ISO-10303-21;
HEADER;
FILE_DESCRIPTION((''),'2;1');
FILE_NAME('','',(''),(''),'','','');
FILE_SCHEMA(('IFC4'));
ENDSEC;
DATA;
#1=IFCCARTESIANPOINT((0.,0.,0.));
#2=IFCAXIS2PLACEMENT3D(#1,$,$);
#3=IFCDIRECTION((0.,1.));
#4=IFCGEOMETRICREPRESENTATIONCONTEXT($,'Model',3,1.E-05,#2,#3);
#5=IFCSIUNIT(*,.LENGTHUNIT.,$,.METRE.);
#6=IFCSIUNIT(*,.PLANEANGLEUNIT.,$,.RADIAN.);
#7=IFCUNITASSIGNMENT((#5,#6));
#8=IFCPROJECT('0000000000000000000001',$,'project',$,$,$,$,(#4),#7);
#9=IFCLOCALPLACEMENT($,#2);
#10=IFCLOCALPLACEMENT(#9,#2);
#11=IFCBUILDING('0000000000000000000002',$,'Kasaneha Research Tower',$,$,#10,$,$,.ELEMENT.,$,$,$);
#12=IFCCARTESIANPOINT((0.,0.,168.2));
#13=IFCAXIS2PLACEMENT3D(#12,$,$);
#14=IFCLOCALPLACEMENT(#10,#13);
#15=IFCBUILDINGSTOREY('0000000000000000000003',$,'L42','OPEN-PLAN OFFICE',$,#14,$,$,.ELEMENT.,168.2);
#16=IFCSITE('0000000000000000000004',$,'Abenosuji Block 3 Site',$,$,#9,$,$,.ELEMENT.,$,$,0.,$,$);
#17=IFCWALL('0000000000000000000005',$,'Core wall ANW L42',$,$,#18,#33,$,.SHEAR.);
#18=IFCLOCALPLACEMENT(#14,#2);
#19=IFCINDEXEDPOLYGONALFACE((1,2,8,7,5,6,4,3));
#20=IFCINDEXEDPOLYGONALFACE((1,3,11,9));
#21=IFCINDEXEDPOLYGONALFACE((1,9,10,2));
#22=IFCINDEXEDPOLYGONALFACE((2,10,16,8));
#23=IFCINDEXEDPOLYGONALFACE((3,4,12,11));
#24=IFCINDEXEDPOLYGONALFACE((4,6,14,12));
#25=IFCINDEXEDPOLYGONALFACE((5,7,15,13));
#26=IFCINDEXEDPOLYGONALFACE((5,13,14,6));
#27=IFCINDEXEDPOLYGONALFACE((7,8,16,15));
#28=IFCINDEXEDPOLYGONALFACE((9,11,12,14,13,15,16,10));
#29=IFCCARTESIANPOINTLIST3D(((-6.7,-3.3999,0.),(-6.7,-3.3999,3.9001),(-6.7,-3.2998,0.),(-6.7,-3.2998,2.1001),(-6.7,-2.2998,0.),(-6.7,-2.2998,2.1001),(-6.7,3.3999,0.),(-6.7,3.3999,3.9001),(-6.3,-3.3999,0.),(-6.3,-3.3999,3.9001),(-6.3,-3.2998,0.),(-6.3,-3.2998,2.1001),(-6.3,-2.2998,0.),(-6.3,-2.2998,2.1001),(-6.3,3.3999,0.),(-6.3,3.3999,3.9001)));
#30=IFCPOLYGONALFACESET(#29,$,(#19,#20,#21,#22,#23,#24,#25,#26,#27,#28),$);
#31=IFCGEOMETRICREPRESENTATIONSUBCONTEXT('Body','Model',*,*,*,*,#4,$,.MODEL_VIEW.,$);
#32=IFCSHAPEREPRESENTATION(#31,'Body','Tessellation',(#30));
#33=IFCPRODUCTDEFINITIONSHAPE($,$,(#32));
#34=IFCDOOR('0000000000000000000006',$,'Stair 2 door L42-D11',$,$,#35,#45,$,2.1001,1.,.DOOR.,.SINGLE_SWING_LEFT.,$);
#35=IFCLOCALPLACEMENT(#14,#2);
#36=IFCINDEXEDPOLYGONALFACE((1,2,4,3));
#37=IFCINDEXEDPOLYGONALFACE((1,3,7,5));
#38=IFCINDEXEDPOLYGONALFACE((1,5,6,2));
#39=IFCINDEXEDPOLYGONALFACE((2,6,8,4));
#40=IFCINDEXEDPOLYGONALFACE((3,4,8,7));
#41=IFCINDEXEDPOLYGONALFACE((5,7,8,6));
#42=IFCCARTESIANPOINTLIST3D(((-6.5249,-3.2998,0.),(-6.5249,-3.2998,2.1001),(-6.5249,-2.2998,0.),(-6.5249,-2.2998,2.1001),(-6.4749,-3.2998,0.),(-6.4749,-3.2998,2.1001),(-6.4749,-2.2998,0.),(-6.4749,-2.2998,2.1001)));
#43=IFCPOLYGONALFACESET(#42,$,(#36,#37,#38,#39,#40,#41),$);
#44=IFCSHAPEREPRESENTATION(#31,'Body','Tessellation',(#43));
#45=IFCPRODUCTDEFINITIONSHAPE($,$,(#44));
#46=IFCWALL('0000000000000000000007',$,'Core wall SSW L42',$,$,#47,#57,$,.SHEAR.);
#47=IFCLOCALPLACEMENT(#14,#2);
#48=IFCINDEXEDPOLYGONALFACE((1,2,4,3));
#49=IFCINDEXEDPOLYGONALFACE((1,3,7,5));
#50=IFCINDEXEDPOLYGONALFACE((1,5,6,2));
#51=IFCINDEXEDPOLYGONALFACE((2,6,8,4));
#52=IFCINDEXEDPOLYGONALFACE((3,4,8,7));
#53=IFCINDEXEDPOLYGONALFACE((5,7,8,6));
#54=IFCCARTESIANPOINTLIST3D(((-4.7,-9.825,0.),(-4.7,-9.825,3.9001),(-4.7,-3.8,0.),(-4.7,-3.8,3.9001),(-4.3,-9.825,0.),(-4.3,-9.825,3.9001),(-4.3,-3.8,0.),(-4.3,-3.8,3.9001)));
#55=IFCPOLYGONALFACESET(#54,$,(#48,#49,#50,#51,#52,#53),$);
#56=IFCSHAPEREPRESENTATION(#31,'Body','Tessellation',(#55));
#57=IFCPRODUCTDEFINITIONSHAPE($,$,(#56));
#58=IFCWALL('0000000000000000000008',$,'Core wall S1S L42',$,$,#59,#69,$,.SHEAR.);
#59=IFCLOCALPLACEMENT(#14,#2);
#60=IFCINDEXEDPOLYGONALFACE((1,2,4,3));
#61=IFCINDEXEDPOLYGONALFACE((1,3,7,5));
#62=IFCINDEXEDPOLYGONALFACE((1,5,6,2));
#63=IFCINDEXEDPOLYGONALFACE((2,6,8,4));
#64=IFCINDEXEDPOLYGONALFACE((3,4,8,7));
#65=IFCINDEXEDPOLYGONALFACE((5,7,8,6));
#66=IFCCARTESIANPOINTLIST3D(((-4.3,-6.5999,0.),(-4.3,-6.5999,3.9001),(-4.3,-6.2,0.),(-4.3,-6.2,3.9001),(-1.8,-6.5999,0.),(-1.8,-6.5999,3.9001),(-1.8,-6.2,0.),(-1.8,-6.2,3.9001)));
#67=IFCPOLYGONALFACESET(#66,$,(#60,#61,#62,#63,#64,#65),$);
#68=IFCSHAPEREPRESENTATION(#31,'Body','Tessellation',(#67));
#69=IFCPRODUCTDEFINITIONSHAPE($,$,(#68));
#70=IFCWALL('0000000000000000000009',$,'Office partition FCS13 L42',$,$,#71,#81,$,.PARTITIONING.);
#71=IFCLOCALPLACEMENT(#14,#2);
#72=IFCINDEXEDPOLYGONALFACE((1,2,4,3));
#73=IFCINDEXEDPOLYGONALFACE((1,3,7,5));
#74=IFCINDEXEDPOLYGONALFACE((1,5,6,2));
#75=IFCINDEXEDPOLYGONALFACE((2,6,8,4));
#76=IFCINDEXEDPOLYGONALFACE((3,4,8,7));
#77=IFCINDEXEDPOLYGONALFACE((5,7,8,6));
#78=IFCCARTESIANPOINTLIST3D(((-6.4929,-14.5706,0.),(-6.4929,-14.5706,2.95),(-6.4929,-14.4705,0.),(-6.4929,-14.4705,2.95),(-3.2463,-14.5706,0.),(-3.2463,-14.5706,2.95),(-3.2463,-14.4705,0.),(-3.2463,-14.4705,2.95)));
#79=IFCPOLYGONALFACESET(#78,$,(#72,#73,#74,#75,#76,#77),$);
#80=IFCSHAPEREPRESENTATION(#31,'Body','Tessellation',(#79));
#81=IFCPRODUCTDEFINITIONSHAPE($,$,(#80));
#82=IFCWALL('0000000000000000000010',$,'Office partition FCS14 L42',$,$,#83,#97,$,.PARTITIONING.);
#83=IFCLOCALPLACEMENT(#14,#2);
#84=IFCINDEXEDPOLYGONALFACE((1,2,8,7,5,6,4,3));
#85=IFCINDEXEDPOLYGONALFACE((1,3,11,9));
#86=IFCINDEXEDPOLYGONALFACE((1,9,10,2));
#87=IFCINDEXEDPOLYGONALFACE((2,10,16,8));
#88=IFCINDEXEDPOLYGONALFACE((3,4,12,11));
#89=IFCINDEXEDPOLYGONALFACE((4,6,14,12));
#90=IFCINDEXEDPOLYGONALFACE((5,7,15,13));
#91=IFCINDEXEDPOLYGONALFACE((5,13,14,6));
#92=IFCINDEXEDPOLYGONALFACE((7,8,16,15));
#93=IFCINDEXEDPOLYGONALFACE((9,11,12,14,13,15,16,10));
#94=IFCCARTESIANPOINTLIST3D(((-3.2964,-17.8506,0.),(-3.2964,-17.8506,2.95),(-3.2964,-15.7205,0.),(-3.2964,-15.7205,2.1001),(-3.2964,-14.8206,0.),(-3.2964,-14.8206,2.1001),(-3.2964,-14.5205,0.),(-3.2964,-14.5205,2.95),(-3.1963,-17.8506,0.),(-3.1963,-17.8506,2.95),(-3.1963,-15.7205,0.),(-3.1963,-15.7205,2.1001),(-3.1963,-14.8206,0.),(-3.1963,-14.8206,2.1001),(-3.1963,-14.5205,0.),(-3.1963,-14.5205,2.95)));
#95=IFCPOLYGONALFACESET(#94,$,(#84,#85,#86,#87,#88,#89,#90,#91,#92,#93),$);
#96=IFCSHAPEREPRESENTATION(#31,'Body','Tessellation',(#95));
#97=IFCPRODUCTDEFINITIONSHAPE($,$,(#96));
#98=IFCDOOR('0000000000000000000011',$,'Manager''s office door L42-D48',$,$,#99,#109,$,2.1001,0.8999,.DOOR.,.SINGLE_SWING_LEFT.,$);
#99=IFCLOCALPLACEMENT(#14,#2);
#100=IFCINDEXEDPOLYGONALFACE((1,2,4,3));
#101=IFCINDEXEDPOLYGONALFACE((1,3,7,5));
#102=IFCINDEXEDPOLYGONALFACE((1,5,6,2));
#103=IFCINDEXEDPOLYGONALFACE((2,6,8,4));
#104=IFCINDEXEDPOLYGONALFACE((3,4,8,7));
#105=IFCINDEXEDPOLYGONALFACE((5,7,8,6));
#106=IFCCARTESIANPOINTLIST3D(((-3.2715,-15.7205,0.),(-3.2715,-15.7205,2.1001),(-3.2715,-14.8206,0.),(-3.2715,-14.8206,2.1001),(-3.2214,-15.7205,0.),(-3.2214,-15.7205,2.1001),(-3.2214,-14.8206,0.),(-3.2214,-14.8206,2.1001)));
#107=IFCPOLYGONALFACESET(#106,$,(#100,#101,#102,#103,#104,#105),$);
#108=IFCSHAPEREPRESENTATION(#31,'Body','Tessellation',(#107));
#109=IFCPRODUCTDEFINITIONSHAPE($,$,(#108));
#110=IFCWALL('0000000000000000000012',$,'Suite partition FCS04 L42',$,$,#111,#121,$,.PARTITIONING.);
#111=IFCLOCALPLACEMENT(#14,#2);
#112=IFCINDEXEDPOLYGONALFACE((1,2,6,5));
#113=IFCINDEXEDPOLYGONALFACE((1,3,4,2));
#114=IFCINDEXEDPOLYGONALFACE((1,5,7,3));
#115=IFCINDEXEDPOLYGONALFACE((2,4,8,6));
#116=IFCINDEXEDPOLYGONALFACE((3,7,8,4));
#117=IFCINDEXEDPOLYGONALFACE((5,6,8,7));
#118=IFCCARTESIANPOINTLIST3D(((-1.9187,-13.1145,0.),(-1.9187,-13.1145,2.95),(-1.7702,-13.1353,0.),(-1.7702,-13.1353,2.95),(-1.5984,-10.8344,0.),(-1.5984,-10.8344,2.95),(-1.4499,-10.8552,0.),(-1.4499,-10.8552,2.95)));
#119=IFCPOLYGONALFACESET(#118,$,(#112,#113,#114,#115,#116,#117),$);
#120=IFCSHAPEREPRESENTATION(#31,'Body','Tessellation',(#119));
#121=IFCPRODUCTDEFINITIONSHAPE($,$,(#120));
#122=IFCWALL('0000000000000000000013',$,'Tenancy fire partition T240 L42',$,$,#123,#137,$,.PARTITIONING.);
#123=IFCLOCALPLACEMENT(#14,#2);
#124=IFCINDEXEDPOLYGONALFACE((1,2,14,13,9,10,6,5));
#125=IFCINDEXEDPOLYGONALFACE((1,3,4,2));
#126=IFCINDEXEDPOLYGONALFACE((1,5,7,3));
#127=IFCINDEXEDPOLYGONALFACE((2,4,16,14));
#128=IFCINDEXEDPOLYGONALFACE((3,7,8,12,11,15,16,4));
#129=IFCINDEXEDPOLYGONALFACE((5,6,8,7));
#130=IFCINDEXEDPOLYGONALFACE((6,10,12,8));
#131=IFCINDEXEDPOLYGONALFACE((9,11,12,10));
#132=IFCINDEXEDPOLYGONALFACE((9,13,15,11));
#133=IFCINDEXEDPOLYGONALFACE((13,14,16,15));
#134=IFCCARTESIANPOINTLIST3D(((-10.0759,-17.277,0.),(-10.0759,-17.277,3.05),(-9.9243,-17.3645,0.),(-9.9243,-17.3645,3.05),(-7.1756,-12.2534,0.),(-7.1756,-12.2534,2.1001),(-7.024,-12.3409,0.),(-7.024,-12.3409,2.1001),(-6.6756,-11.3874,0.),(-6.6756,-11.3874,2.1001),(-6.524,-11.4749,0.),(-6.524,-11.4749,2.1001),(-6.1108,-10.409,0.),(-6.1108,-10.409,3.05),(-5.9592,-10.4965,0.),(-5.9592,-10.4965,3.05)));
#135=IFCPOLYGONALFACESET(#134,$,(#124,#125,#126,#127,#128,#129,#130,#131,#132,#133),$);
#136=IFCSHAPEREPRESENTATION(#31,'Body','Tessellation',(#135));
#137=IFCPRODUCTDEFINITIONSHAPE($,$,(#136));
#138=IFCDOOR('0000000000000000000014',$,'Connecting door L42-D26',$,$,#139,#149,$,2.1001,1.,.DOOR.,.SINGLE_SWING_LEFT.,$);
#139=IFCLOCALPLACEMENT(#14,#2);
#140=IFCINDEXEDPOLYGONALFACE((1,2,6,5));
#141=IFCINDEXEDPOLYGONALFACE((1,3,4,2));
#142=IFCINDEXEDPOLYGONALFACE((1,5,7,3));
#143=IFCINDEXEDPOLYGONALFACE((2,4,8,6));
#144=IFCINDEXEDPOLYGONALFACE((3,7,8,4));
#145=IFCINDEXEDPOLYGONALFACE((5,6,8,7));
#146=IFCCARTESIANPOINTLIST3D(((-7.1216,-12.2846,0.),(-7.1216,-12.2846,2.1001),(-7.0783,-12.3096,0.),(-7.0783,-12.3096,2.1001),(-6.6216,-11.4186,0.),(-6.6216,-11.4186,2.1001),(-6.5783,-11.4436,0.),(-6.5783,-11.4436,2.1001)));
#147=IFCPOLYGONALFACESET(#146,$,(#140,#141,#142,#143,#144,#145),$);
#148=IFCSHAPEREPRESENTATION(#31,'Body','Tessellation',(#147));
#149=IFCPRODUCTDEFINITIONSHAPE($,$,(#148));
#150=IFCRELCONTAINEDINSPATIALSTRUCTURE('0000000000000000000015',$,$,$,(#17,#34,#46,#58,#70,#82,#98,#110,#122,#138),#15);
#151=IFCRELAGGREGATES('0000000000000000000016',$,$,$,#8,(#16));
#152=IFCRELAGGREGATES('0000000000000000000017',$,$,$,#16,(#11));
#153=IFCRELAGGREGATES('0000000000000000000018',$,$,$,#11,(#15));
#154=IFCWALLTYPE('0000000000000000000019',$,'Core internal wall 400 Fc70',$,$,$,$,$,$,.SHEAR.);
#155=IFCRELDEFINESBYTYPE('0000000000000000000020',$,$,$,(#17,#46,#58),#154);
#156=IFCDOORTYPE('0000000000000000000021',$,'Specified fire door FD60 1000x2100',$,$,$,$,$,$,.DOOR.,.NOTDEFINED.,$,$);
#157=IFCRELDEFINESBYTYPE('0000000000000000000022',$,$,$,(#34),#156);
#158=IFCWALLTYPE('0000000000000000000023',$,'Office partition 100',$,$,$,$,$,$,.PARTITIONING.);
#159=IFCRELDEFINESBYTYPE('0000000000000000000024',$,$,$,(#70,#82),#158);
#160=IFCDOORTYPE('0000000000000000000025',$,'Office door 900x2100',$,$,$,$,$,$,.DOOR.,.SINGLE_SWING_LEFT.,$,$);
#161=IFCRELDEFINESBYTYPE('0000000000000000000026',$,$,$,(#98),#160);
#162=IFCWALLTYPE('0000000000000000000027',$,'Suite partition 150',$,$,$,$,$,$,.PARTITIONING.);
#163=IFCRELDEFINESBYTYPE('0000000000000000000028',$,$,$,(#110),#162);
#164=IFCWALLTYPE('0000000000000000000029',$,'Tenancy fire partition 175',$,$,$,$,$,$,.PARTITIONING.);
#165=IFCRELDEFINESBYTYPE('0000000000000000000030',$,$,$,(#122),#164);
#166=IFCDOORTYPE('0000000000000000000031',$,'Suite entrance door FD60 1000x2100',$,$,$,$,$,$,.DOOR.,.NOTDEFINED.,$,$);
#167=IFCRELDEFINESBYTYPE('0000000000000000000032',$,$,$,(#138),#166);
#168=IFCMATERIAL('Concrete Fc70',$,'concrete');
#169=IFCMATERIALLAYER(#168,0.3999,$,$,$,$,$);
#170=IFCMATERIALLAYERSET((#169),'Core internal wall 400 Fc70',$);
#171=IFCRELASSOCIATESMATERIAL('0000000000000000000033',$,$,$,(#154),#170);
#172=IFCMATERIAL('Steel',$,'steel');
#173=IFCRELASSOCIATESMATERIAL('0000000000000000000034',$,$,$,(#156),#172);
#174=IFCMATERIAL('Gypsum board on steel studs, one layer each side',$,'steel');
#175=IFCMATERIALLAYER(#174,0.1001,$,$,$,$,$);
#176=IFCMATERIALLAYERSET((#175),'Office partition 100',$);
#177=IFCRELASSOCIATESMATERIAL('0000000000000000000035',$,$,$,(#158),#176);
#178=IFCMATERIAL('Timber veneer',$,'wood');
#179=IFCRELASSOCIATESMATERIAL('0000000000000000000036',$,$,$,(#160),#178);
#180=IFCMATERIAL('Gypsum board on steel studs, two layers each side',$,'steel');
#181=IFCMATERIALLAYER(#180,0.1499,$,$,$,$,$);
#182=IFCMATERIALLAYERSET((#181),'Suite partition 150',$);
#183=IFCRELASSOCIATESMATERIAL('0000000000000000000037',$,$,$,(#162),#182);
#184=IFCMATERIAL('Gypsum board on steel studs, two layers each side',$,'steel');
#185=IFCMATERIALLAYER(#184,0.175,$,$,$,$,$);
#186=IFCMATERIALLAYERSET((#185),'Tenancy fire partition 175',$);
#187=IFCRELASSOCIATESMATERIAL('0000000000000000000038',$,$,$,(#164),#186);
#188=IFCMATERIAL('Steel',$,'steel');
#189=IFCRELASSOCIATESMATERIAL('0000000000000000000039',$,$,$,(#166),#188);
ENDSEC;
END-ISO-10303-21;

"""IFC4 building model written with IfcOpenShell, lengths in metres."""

from ifc_helpers import new_model, si_unit, direction, frame, frame_2d, origin, place, context, subcontext, project, spatial, rectangle, extrude, material, layer, layer_set, type_object, element, fill, save


model = new_model("IFC4")

# Units and contexts
model_context = context("Model", 3, precision=1e-05, world=origin(), true_north=direction((0.0, 1.0)))
body_context = subcontext(model_context, "Body", "Model", "MODEL_VIEW")
ifc_project = project(units=[si_unit("LENGTHUNIT", "METRE"), si_unit("PLANEANGLEUNIT", "RADIAN")], contexts=[model_context])

# Site, building, storey
site_placement = place(None, origin())
site = spatial("IfcSite", under=ifc_project, at=site_placement, Name="Abenosuji Block 3 Site", CompositionType="ELEMENT", RefElevation=0.0)
building_placement = place(site_placement, origin())
building = spatial("IfcBuilding", under=site, at=building_placement, Name="Kasaneha Research Tower", CompositionType="ELEMENT")
storey_placement = place(building_placement, frame((0.0, 0.0, 168.2)))
storey = spatial("IfcBuildingStorey", under=building, at=storey_placement, Name="L42", Description="OPEN-PLAN OFFICE", CompositionType="ELEMENT", Elevation=168.2)

# Wall, opening, door
ifc_material_1 = material(Name="Concrete Fc70", Category="concrete")
ifc_layer_1 = layer(ifc_material_1, 0.3999)
ifc_layer_set_1 = layer_set([ifc_layer_1], Name="Core internal wall 400 Fc70")
wall_type_1 = type_object("IfcWallType", Name="Core internal wall 400 Fc70", PredefinedType="SHEAR", material=ifc_layer_set_1)
ifc_material_2 = material(Name="Steel", Category="steel")
door_type_1 = type_object("IfcDoorType", Name="Specified fire door FD60 1000x2100", OperationType="NOTDEFINED", PredefinedType="DOOR", material=ifc_material_2)
wall_1_placement = place(storey_placement, frame((-6.5, -3.3999, 0.0), z_axis=(0.0, 0.0, 1.0), x_axis=(0.0, 1.0, 0.0)))
wall_1 = element("IfcWall", 1, at=wall_1_placement, inside=storey, type_object=wall_type_1, Name="Core wall ANW L42", PredefinedType="SHEAR", context=body_context, shape_type="SweptSolid", body=[
    extrude(rectangle(XDim=6.7998, YDim=0.3999, at=frame_2d((3.3999, 0.0))), origin(), (0.0, 0.0, 1.0), 3.9001),
])
opening_1_placement = place(wall_1_placement, frame((0.1001, 0.0, 0.0)))
opening_1 = element("IfcOpeningElement", 2, at=opening_1_placement, cuts=wall_1, PredefinedType="OPENING", context=body_context, shape_type="SweptSolid", body=[
    extrude(rectangle(XDim=1.0, YDim=2.1001, at=frame_2d((0.5, 1.05))), frame((0.0, 0.21, 0.0), z_axis=(0.0, -1.0, 0.0), x_axis=(1.0, 0.0, 0.0)), (0.0, 0.0, 1.0), 0.4199),
])
door_1_placement = place(opening_1_placement, origin())
door_1 = element("IfcDoor", 3, at=door_1_placement, inside=storey, type_object=door_type_1, Name="Stair 2 door L42-D11", OperationType="SINGLE_SWING_LEFT", OverallHeight=2.1001, OverallWidth=1.0, PredefinedType="DOOR", context=body_context, shape_type="SweptSolid", body=[
    extrude(rectangle(XDim=1.0, YDim=2.1001, at=frame_2d((0.5, 1.05))), frame((0.0, 0.0249, 0.0), z_axis=(0.0, -1.0, 0.0), x_axis=(1.0, 0.0, 0.0)), (0.0, 0.0, 1.0), 0.05),
])
fill(opening_1, door_1)

# Walls
wall_2_placement = place(storey_placement, frame((-4.5, -3.8, 0.0), z_axis=(0.0, 0.0, 1.0), x_axis=(0.0, -1.0, 0.0)))
element("IfcWall", 4, at=wall_2_placement, inside=storey, type_object=wall_type_1, Name="Core wall SSW L42", PredefinedType="SHEAR", context=body_context, shape_type="SweptSolid", body=[
    extrude(rectangle(XDim=6.0249, YDim=0.3999, at=frame_2d((3.0125, 0.0))), origin(), (0.0, 0.0, 1.0), 3.9001),
])
wall_3_placement = place(storey_placement, frame((-4.3, -6.3999, 0.0), z_axis=(0.0, 0.0, 1.0), x_axis=(1.0, 0.0, 0.0)))
element("IfcWall", 5, at=wall_3_placement, inside=storey, type_object=wall_type_1, Name="Core wall S1S L42", PredefinedType="SHEAR", context=body_context, shape_type="SweptSolid", body=[
    extrude(rectangle(XDim=2.5, YDim=0.3999, at=frame_2d((1.25, 0.0))), origin(), (0.0, 0.0, 1.0), 3.9001),
])

# Wall
ifc_material_3 = material(Name="Gypsum board on steel studs, one layer each side", Category="steel")
ifc_layer_2 = layer(ifc_material_3, 0.1001)
ifc_layer_set_2 = layer_set([ifc_layer_2], Name="Office partition 100")
wall_type_2 = type_object("IfcWallType", Name="Office partition 100", PredefinedType="PARTITIONING", material=ifc_layer_set_2)
wall_4_placement = place(storey_placement, frame((-6.4929, -14.5205, 0.0), z_axis=(0.0, 0.0, 1.0), x_axis=(1.0, 0.0, 0.0)))
element("IfcWall", 6, at=wall_4_placement, inside=storey, type_object=wall_type_2, Name="Office partition FCS13 L42", PredefinedType="PARTITIONING", context=body_context, shape_type="SweptSolid", body=[
    extrude(rectangle(XDim=3.2466, YDim=0.1001, at=frame_2d((1.6233, 0.0))), origin(), (0.0, 0.0, 1.0), 2.95),
])

# Wall, opening, door
wall_5_placement = place(storey_placement, frame((-3.2463, -14.5205, 0.0), z_axis=(0.0, 0.0, 1.0), x_axis=(0.0, -1.0, 0.0)))
wall_5 = element("IfcWall", 7, at=wall_5_placement, inside=storey, type_object=wall_type_2, Name="Office partition FCS14 L42", PredefinedType="PARTITIONING", context=body_context, shape_type="SweptSolid", body=[
    extrude(rectangle(XDim=3.3301, YDim=0.1001, at=frame_2d((1.665, 0.0))), origin(), (0.0, 0.0, 1.0), 2.95),
])
opening_2_placement = place(wall_5_placement, frame((0.3, 0.0, 0.0)))
opening_2 = element("IfcOpeningElement", 8, at=opening_2_placement, cuts=wall_5, PredefinedType="OPENING", context=body_context, shape_type="SweptSolid", body=[
    extrude(rectangle(XDim=0.8999, YDim=2.1001, at=frame_2d((0.45, 1.05))), frame((0.0, 0.0601, 0.0), z_axis=(0.0, -1.0, 0.0), x_axis=(1.0, 0.0, 0.0)), (0.0, 0.0, 1.0), 0.1201),
])
ifc_material_4 = material(Name="Timber veneer", Category="wood")
door_type_2 = type_object("IfcDoorType", Name="Office door 900x2100", OperationType="SINGLE_SWING_LEFT", PredefinedType="DOOR", material=ifc_material_4)
door_2_placement = place(opening_2_placement, origin())
door_2 = element("IfcDoor", 9, at=door_2_placement, inside=storey, type_object=door_type_2, Name="Manager's office door L42-D48", OperationType="SINGLE_SWING_LEFT", OverallHeight=2.1001, OverallWidth=0.8999, PredefinedType="DOOR", context=body_context, shape_type="SweptSolid", body=[
    extrude(rectangle(XDim=0.8999, YDim=2.1001, at=frame_2d((0.45, 1.05))), frame((0.0, 0.0249, 0.0), z_axis=(0.0, -1.0, 0.0), x_axis=(1.0, 0.0, 0.0)), (0.0, 0.0, 1.0), 0.05),
])
fill(opening_2, door_2)

# Wall
ifc_material_5 = material(Name="Gypsum board on steel studs, two layers each side", Category="steel")
ifc_layer_3 = layer(ifc_material_5, 0.1499)
ifc_layer_set_3 = layer_set([ifc_layer_3], Name="Suite partition 150")
wall_type_3 = type_object("IfcWallType", Name="Suite partition 150", PredefinedType="PARTITIONING", material=ifc_layer_set_3)
wall_6_placement = place(storey_placement, frame((-1.8445, -13.125, 0.0), z_axis=(0.0, 0.0, 1.0), x_axis=(0.13912, 0.990276, 0.0)))
element("IfcWall", 10, at=wall_6_placement, inside=storey, type_object=wall_type_3, Name="Suite partition FCS04 L42", PredefinedType="PARTITIONING", context=body_context, shape_type="SweptSolid", body=[
    extrude(rectangle(XDim=2.3025, YDim=0.1499, at=frame_2d((1.1514, 0.0))), origin(), (0.0, 0.0, 1.0), 2.95),
])

# Wall, opening, door
ifc_material_6 = material(Name="Gypsum board on steel studs, two layers each side", Category="steel")
ifc_layer_4 = layer(ifc_material_6, 0.175)
ifc_layer_set_4 = layer_set([ifc_layer_4], Name="Tenancy fire partition 175")
wall_type_4 = type_object("IfcWallType", Name="Tenancy fire partition 175", PredefinedType="PARTITIONING", material=ifc_layer_set_4)
wall_7_placement = place(storey_placement, frame((-6.0349, -10.4526, 0.0), z_axis=(0.0, 0.0, 1.0), x_axis=(-0.49999, -0.866031, 0.0)))
wall_7 = element("IfcWall", 11, at=wall_7_placement, inside=storey, type_object=wall_type_4, Name="Tenancy fire partition T240 L42", PredefinedType="PARTITIONING", context=body_context, shape_type="SweptSolid", body=[
    extrude(rectangle(XDim=7.9304, YDim=0.175, at=frame_2d((3.9653, 0.0))), origin(), (0.0, 0.0, 1.0), 3.05),
])
opening_3_placement = place(wall_7_placement, frame((1.1299, 0.0, 0.0)))
opening_3 = element("IfcOpeningElement", 12, at=opening_3_placement, cuts=wall_7, PredefinedType="OPENING", context=body_context, shape_type="SweptSolid", body=[
    extrude(rectangle(XDim=1.0, YDim=2.1001, at=frame_2d((0.5, 1.05))), frame((0.0, 0.0977, 0.0), z_axis=(0.0, -1.0, 0.0), x_axis=(1.0, 0.0, 0.0)), (0.0, 0.0, 1.0), 0.1951),
])
ifc_material_7 = material(Name="Steel", Category="steel")
door_type_3 = type_object("IfcDoorType", Name="Suite entrance door FD60 1000x2100", OperationType="NOTDEFINED", PredefinedType="DOOR", material=ifc_material_7)
door_3_placement = place(opening_3_placement, origin())
door_3 = element("IfcDoor", 13, at=door_3_placement, inside=storey, type_object=door_type_3, Name="Connecting door L42-D26", OperationType="SINGLE_SWING_LEFT", OverallHeight=2.1001, OverallWidth=1.0, PredefinedType="DOOR", context=body_context, shape_type="SweptSolid", body=[
    extrude(rectangle(XDim=1.0, YDim=2.1001, at=frame_2d((0.5, 1.05))), frame((0.0, 0.0249, 0.0), z_axis=(0.0, -1.0, 0.0), x_axis=(1.0, 0.0, 0.0)), (0.0, 0.0, 1.0), 0.05),
])
fill(opening_3, door_3)

save(model, "model.ifc")
